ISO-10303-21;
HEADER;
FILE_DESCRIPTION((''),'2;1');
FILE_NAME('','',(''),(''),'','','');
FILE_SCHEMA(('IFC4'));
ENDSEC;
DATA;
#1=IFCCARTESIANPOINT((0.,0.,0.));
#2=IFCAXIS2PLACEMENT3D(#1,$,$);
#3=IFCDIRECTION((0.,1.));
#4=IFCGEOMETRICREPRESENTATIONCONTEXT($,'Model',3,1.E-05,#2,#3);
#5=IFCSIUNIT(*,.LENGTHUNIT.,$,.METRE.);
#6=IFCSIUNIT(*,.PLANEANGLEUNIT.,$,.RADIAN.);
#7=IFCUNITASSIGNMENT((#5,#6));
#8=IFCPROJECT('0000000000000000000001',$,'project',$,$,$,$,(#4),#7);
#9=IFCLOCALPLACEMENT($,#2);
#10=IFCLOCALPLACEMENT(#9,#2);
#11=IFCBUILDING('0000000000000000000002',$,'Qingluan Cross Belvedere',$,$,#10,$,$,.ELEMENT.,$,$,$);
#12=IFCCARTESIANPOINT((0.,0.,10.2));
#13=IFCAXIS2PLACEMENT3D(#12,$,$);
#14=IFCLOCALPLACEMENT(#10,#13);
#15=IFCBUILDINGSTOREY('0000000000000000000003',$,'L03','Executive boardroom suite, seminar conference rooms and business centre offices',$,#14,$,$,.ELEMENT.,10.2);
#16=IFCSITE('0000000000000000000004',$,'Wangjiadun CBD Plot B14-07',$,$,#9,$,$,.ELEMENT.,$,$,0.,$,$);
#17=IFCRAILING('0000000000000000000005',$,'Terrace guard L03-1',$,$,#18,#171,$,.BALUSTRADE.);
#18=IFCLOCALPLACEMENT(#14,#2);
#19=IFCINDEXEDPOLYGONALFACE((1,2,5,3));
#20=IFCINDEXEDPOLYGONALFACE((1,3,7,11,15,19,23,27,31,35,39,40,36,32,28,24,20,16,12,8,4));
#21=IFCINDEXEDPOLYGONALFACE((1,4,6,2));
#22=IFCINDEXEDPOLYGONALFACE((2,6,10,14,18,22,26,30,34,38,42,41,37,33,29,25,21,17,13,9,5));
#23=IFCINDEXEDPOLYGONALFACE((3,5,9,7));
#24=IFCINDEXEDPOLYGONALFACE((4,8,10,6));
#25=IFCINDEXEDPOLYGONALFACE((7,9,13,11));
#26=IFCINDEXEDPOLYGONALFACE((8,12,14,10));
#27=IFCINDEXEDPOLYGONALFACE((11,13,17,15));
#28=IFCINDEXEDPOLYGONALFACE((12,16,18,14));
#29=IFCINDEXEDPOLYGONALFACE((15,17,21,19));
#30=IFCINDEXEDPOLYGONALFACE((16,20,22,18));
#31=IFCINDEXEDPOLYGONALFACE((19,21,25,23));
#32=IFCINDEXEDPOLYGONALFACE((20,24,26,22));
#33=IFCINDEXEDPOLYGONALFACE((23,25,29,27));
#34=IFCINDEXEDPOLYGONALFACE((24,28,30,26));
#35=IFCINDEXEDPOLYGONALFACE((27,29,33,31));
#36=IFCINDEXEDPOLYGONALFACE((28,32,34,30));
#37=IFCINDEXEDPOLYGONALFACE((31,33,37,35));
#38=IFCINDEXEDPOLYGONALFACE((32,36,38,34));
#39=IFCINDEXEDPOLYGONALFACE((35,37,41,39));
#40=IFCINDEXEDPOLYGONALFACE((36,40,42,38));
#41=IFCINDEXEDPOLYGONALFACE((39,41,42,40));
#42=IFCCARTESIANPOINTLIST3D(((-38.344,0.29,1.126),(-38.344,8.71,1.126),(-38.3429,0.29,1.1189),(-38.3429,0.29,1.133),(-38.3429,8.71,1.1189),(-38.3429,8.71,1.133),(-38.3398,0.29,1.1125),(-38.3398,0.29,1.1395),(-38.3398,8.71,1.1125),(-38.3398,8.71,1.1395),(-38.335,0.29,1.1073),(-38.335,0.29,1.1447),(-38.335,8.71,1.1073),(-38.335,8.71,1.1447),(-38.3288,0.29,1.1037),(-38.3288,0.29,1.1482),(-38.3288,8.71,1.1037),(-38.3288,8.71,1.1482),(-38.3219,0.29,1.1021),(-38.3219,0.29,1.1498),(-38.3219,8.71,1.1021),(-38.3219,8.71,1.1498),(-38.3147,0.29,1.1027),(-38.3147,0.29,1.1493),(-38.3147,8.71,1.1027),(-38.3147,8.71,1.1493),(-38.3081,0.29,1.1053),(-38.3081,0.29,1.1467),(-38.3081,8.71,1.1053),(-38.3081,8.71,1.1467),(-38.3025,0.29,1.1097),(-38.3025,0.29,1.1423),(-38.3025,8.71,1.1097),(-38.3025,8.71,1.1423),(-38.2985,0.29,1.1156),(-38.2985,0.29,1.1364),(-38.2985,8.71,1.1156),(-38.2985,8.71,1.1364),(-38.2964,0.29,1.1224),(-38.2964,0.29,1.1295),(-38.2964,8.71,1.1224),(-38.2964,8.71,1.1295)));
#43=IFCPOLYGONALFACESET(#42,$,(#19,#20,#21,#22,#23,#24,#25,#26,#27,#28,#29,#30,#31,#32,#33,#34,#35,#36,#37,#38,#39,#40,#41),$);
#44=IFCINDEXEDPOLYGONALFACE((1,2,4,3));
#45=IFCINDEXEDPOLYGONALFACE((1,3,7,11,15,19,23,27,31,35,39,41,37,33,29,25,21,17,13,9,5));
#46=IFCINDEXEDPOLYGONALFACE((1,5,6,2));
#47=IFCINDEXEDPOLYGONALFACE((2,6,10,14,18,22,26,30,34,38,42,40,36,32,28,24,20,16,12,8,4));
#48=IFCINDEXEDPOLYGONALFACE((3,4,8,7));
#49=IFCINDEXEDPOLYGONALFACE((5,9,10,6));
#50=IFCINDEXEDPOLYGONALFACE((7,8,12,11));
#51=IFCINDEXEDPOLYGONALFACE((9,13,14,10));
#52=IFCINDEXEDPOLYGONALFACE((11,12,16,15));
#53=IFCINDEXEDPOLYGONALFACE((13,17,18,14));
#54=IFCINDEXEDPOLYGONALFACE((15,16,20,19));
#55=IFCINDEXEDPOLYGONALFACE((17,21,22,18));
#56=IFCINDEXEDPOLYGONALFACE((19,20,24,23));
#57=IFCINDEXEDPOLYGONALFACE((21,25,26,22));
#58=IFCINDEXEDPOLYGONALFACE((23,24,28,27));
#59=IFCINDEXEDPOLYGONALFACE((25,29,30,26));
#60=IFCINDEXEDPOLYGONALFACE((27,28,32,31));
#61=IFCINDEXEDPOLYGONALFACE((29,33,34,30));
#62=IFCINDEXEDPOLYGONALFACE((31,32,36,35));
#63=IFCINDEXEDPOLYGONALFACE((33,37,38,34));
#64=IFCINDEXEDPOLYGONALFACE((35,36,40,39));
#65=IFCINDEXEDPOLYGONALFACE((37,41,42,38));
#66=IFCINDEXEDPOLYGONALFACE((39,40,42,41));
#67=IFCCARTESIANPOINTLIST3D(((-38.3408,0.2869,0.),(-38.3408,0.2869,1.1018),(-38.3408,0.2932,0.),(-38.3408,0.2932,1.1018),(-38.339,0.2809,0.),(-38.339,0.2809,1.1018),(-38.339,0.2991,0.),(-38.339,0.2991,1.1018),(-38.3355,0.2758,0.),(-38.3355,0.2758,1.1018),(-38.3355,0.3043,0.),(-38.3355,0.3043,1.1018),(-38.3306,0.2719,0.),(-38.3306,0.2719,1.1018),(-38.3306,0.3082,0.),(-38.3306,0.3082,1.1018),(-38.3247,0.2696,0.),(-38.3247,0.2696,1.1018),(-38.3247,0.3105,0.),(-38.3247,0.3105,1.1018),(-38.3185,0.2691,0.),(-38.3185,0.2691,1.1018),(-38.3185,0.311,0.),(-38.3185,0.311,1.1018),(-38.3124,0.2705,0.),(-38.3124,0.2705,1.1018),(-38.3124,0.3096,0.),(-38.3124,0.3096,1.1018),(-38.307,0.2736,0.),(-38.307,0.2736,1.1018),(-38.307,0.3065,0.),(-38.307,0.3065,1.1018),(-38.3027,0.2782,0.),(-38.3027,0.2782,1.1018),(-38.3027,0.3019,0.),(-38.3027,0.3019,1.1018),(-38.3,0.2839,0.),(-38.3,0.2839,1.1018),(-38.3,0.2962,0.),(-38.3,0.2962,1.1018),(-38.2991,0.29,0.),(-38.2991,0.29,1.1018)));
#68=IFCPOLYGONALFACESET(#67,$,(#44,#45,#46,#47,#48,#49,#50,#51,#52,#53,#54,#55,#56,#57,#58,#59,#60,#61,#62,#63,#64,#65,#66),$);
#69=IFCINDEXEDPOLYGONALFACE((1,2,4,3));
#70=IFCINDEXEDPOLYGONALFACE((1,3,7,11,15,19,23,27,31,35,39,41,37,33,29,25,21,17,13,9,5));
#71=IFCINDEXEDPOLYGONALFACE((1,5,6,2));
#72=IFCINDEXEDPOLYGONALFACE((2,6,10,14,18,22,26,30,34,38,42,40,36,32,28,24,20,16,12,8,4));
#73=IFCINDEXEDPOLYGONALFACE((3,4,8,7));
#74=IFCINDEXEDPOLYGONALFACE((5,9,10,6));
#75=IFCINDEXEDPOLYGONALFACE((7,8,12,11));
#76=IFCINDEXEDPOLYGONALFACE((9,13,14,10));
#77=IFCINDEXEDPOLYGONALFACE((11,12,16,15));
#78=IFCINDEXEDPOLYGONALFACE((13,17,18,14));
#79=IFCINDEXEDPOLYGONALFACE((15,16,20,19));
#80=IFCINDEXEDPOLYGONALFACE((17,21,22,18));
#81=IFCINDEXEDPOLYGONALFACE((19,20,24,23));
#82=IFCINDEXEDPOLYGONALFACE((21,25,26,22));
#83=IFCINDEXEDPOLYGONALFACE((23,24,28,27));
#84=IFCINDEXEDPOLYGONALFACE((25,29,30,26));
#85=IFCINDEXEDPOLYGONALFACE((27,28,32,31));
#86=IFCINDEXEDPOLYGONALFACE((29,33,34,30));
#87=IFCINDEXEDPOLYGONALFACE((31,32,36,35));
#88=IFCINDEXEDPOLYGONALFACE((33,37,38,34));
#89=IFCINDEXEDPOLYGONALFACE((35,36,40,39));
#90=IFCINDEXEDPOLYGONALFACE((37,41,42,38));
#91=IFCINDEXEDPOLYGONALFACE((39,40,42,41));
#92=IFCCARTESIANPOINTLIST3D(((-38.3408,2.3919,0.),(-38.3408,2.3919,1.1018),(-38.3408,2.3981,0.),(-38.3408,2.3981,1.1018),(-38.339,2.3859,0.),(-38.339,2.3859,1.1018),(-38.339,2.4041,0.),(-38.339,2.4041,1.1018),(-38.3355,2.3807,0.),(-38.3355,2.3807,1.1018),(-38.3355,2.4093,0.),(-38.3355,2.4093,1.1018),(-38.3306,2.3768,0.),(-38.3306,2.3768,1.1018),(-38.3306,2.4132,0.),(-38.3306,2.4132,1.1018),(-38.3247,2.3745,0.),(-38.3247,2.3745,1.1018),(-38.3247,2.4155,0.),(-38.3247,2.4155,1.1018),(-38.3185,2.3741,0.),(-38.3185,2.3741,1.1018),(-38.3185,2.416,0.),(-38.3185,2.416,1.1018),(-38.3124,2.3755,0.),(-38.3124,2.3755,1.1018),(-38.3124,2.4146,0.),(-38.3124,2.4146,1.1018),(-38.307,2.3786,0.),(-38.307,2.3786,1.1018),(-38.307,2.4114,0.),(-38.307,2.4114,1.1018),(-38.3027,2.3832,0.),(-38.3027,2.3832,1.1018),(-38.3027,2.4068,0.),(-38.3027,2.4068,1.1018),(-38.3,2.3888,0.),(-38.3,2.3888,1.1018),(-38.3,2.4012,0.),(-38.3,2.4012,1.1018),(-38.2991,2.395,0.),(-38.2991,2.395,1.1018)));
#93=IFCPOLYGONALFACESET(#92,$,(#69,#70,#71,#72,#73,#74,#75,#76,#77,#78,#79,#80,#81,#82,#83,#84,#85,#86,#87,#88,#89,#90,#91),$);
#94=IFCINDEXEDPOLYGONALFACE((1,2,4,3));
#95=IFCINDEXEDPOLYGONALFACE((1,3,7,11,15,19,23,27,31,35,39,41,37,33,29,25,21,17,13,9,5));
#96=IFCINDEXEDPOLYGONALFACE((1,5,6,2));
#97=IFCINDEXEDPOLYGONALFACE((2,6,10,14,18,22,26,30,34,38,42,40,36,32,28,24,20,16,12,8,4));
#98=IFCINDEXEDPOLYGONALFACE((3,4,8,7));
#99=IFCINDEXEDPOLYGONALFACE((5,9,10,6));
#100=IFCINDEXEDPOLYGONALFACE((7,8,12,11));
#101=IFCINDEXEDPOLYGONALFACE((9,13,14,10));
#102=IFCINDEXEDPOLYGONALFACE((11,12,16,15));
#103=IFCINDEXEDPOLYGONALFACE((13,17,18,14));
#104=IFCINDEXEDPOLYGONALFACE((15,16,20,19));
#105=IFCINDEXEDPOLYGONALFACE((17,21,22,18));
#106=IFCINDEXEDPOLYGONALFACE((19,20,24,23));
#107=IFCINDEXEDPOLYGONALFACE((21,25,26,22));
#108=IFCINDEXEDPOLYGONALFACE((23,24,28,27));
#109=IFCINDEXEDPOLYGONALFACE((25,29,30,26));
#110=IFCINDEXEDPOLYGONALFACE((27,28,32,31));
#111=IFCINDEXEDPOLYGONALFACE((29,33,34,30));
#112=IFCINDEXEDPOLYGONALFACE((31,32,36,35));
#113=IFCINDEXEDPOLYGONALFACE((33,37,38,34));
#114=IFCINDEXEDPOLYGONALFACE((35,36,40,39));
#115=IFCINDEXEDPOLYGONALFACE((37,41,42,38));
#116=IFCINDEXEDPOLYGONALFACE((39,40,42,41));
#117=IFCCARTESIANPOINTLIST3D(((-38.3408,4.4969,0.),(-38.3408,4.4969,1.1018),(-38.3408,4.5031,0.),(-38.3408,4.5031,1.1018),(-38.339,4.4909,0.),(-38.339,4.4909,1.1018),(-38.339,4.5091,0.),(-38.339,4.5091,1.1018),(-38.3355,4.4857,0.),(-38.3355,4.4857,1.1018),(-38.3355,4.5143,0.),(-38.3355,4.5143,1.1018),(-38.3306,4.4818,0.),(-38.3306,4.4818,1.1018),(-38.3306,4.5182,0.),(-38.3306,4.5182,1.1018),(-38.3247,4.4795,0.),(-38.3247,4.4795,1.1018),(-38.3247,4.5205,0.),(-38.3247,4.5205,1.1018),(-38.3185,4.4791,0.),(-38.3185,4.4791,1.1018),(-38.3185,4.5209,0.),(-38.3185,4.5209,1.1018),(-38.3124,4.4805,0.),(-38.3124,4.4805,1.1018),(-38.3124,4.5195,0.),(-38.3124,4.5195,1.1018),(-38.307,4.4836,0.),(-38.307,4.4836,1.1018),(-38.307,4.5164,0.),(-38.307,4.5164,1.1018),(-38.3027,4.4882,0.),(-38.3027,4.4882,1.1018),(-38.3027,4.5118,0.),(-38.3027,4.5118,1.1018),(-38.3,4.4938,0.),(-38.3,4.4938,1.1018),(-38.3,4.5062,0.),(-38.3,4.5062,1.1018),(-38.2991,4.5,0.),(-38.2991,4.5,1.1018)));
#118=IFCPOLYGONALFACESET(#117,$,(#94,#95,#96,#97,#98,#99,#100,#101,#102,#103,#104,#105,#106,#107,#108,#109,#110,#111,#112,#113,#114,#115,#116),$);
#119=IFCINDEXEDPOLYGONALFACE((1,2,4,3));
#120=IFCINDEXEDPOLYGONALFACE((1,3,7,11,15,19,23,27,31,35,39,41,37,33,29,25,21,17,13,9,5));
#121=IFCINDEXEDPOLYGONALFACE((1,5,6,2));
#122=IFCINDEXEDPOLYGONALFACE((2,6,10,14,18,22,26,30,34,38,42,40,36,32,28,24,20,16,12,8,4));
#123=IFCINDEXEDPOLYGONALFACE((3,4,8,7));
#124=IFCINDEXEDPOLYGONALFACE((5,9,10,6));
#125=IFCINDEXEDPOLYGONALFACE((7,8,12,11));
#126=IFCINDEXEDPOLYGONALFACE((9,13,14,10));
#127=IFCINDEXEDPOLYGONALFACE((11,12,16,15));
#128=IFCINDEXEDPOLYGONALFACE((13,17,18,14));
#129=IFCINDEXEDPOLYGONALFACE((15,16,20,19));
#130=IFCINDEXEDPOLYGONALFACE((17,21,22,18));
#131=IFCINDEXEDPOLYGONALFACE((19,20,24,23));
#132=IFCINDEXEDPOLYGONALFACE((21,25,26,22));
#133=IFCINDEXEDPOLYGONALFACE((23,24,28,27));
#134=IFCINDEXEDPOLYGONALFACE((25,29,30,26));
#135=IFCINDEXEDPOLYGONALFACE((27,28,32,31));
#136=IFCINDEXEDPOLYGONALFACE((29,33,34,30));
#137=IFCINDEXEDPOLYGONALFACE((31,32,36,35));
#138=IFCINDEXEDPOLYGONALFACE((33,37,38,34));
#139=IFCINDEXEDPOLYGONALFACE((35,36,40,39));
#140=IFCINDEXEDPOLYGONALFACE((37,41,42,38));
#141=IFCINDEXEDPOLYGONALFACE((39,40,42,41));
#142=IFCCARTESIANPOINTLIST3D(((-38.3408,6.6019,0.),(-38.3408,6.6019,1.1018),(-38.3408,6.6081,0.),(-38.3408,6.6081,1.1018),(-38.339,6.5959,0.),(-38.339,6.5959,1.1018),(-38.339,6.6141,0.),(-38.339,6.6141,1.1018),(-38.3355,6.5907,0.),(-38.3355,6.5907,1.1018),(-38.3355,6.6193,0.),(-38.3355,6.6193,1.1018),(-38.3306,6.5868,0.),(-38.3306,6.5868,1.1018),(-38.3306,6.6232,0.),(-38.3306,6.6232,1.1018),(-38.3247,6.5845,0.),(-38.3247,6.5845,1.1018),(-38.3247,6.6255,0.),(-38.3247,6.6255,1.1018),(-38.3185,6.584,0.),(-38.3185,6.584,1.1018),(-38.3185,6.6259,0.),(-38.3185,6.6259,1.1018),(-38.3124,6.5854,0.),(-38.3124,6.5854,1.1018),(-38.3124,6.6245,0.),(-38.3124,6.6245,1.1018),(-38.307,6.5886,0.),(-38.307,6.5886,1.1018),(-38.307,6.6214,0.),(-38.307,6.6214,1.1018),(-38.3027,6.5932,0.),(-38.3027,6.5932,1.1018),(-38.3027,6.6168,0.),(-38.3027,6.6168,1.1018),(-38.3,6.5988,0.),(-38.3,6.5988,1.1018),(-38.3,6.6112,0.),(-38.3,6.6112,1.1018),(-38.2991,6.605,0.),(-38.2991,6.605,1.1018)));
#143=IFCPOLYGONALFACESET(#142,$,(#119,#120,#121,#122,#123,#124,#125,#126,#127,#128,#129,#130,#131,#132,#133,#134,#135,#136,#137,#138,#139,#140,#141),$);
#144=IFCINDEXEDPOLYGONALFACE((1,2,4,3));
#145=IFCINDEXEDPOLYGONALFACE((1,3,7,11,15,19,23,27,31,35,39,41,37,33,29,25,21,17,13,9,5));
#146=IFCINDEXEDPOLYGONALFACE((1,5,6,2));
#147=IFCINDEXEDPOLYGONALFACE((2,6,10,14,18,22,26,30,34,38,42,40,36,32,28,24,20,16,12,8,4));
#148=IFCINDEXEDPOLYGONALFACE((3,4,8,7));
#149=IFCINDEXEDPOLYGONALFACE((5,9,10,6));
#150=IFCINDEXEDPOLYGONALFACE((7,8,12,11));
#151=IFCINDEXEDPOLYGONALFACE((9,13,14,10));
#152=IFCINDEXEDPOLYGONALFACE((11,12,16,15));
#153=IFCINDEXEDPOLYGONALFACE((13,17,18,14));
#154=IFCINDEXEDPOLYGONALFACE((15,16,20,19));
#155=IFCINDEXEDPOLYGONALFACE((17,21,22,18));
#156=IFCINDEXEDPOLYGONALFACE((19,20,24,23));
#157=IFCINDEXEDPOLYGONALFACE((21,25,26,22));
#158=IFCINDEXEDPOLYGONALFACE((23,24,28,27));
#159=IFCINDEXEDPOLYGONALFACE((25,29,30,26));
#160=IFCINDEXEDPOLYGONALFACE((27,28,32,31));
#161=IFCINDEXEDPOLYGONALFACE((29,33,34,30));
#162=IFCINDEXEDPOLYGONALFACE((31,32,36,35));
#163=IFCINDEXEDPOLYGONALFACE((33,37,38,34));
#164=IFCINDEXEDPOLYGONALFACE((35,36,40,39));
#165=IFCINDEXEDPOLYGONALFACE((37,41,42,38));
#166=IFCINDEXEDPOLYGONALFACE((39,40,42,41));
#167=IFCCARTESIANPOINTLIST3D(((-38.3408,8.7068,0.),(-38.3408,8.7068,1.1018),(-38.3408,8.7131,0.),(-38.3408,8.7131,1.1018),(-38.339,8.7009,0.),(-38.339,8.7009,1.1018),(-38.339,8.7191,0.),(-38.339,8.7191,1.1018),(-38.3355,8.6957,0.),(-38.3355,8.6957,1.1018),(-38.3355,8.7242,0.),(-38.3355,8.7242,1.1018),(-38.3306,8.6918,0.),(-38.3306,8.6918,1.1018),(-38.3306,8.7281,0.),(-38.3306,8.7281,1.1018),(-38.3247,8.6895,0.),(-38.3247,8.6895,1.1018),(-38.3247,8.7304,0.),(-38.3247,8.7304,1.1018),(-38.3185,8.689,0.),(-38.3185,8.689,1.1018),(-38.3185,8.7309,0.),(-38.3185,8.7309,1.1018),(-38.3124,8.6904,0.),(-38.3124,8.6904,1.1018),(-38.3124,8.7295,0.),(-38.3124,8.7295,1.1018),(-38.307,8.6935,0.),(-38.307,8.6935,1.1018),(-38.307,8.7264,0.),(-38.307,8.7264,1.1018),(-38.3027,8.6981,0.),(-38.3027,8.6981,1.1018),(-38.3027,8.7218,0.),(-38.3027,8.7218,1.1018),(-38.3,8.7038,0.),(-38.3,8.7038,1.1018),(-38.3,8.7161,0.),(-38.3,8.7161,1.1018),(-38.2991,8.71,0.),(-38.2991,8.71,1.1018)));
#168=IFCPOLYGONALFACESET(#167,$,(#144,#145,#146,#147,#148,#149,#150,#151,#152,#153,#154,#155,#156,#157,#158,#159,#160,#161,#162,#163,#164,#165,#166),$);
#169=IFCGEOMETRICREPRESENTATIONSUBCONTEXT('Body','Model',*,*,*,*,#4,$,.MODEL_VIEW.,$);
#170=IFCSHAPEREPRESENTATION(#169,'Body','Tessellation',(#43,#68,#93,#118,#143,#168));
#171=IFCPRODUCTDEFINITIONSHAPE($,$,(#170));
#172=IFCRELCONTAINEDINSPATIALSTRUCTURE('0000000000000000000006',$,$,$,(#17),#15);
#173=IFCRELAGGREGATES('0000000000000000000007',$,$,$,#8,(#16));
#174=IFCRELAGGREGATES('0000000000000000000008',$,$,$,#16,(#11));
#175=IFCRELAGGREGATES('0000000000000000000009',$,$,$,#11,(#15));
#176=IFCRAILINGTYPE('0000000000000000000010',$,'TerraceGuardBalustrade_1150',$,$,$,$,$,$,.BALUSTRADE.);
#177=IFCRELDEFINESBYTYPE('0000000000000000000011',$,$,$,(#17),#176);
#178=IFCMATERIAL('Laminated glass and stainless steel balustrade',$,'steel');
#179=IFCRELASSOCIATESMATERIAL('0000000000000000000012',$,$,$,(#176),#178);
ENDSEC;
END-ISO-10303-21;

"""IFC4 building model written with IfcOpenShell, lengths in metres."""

from ifc_helpers import new_model, si_unit, direction, frame, origin, origin_2d, place, context, subcontext, project, spatial, circle, extrude, material, type_object, element, save


model = new_model("IFC4")

# Units and contexts
model_context = context("Model", 3, precision=1e-05, world=origin(), true_north=direction((0.0, 1.0)))
body_context = subcontext(model_context, "Body", "Model", "MODEL_VIEW")
ifc_project = project(units=[si_unit("LENGTHUNIT", "METRE"), si_unit("PLANEANGLEUNIT", "RADIAN")], contexts=[model_context])

# Site, building, storey
site_placement = place(None, origin())
site = spatial("IfcSite", under=ifc_project, at=site_placement, Name="Wangjiadun CBD Plot B14-07", CompositionType="ELEMENT", RefElevation=0.0)
building_placement = place(site_placement, origin())
building = spatial("IfcBuilding", under=site, at=building_placement, Name="Qingluan Cross Belvedere", CompositionType="ELEMENT")
storey_placement = place(building_placement, frame((0.0, 0.0, 10.2)))
storey = spatial("IfcBuildingStorey", under=building, at=storey_placement, Name="L03", Description="Executive boardroom suite, seminar conference rooms and business centre offices", CompositionType="ELEMENT", Elevation=10.2)

# Railing
ifc_material_1 = material(Name="Laminated glass and stainless steel balustrade", Category="steel")
railing_type = type_object("IfcRailingType", Name="TerraceGuardBalustrade_1150", PredefinedType="BALUSTRADE", material=ifc_material_1)
railing_1_placement = place(storey_placement, frame((-38.3201, 0.29, 0.0)))
element("IfcRailing", 1, at=railing_1_placement, inside=storey, type_object=railing_type, Name="Terrace guard L03-1", PredefinedType="BALUSTRADE", context=body_context, shape_type="SweptSolid", body=[
    extrude(circle(Radius=0.0239, at=origin_2d()), frame((0.0, 0.0, 1.126), z_axis=(0.0, 1.0, 0.0), x_axis=(-1.0, 0.0, 0.0)), (0.0, 0.0, 1.0), 8.4199),
    extrude(circle(Radius=0.021, at=origin_2d()), origin(), (0.0, 0.0, 1.0), 1.1018),
    extrude(circle(Radius=0.021, at=origin_2d()), frame((0.0, 2.105, 0.0)), (0.0, 0.0, 1.0), 1.1018),
    extrude(circle(Radius=0.021, at=origin_2d()), frame((0.0, 4.21, 0.0)), (0.0, 0.0, 1.0), 1.1018),
    extrude(circle(Radius=0.021, at=origin_2d()), frame((0.0, 6.3149, 0.0)), (0.0, 0.0, 1.0), 1.1018),
    extrude(circle(Radius=0.021, at=origin_2d()), frame((0.0, 8.4199, 0.0)), (0.0, 0.0, 1.0), 1.1018),
])

save(model, "model.ifc")
